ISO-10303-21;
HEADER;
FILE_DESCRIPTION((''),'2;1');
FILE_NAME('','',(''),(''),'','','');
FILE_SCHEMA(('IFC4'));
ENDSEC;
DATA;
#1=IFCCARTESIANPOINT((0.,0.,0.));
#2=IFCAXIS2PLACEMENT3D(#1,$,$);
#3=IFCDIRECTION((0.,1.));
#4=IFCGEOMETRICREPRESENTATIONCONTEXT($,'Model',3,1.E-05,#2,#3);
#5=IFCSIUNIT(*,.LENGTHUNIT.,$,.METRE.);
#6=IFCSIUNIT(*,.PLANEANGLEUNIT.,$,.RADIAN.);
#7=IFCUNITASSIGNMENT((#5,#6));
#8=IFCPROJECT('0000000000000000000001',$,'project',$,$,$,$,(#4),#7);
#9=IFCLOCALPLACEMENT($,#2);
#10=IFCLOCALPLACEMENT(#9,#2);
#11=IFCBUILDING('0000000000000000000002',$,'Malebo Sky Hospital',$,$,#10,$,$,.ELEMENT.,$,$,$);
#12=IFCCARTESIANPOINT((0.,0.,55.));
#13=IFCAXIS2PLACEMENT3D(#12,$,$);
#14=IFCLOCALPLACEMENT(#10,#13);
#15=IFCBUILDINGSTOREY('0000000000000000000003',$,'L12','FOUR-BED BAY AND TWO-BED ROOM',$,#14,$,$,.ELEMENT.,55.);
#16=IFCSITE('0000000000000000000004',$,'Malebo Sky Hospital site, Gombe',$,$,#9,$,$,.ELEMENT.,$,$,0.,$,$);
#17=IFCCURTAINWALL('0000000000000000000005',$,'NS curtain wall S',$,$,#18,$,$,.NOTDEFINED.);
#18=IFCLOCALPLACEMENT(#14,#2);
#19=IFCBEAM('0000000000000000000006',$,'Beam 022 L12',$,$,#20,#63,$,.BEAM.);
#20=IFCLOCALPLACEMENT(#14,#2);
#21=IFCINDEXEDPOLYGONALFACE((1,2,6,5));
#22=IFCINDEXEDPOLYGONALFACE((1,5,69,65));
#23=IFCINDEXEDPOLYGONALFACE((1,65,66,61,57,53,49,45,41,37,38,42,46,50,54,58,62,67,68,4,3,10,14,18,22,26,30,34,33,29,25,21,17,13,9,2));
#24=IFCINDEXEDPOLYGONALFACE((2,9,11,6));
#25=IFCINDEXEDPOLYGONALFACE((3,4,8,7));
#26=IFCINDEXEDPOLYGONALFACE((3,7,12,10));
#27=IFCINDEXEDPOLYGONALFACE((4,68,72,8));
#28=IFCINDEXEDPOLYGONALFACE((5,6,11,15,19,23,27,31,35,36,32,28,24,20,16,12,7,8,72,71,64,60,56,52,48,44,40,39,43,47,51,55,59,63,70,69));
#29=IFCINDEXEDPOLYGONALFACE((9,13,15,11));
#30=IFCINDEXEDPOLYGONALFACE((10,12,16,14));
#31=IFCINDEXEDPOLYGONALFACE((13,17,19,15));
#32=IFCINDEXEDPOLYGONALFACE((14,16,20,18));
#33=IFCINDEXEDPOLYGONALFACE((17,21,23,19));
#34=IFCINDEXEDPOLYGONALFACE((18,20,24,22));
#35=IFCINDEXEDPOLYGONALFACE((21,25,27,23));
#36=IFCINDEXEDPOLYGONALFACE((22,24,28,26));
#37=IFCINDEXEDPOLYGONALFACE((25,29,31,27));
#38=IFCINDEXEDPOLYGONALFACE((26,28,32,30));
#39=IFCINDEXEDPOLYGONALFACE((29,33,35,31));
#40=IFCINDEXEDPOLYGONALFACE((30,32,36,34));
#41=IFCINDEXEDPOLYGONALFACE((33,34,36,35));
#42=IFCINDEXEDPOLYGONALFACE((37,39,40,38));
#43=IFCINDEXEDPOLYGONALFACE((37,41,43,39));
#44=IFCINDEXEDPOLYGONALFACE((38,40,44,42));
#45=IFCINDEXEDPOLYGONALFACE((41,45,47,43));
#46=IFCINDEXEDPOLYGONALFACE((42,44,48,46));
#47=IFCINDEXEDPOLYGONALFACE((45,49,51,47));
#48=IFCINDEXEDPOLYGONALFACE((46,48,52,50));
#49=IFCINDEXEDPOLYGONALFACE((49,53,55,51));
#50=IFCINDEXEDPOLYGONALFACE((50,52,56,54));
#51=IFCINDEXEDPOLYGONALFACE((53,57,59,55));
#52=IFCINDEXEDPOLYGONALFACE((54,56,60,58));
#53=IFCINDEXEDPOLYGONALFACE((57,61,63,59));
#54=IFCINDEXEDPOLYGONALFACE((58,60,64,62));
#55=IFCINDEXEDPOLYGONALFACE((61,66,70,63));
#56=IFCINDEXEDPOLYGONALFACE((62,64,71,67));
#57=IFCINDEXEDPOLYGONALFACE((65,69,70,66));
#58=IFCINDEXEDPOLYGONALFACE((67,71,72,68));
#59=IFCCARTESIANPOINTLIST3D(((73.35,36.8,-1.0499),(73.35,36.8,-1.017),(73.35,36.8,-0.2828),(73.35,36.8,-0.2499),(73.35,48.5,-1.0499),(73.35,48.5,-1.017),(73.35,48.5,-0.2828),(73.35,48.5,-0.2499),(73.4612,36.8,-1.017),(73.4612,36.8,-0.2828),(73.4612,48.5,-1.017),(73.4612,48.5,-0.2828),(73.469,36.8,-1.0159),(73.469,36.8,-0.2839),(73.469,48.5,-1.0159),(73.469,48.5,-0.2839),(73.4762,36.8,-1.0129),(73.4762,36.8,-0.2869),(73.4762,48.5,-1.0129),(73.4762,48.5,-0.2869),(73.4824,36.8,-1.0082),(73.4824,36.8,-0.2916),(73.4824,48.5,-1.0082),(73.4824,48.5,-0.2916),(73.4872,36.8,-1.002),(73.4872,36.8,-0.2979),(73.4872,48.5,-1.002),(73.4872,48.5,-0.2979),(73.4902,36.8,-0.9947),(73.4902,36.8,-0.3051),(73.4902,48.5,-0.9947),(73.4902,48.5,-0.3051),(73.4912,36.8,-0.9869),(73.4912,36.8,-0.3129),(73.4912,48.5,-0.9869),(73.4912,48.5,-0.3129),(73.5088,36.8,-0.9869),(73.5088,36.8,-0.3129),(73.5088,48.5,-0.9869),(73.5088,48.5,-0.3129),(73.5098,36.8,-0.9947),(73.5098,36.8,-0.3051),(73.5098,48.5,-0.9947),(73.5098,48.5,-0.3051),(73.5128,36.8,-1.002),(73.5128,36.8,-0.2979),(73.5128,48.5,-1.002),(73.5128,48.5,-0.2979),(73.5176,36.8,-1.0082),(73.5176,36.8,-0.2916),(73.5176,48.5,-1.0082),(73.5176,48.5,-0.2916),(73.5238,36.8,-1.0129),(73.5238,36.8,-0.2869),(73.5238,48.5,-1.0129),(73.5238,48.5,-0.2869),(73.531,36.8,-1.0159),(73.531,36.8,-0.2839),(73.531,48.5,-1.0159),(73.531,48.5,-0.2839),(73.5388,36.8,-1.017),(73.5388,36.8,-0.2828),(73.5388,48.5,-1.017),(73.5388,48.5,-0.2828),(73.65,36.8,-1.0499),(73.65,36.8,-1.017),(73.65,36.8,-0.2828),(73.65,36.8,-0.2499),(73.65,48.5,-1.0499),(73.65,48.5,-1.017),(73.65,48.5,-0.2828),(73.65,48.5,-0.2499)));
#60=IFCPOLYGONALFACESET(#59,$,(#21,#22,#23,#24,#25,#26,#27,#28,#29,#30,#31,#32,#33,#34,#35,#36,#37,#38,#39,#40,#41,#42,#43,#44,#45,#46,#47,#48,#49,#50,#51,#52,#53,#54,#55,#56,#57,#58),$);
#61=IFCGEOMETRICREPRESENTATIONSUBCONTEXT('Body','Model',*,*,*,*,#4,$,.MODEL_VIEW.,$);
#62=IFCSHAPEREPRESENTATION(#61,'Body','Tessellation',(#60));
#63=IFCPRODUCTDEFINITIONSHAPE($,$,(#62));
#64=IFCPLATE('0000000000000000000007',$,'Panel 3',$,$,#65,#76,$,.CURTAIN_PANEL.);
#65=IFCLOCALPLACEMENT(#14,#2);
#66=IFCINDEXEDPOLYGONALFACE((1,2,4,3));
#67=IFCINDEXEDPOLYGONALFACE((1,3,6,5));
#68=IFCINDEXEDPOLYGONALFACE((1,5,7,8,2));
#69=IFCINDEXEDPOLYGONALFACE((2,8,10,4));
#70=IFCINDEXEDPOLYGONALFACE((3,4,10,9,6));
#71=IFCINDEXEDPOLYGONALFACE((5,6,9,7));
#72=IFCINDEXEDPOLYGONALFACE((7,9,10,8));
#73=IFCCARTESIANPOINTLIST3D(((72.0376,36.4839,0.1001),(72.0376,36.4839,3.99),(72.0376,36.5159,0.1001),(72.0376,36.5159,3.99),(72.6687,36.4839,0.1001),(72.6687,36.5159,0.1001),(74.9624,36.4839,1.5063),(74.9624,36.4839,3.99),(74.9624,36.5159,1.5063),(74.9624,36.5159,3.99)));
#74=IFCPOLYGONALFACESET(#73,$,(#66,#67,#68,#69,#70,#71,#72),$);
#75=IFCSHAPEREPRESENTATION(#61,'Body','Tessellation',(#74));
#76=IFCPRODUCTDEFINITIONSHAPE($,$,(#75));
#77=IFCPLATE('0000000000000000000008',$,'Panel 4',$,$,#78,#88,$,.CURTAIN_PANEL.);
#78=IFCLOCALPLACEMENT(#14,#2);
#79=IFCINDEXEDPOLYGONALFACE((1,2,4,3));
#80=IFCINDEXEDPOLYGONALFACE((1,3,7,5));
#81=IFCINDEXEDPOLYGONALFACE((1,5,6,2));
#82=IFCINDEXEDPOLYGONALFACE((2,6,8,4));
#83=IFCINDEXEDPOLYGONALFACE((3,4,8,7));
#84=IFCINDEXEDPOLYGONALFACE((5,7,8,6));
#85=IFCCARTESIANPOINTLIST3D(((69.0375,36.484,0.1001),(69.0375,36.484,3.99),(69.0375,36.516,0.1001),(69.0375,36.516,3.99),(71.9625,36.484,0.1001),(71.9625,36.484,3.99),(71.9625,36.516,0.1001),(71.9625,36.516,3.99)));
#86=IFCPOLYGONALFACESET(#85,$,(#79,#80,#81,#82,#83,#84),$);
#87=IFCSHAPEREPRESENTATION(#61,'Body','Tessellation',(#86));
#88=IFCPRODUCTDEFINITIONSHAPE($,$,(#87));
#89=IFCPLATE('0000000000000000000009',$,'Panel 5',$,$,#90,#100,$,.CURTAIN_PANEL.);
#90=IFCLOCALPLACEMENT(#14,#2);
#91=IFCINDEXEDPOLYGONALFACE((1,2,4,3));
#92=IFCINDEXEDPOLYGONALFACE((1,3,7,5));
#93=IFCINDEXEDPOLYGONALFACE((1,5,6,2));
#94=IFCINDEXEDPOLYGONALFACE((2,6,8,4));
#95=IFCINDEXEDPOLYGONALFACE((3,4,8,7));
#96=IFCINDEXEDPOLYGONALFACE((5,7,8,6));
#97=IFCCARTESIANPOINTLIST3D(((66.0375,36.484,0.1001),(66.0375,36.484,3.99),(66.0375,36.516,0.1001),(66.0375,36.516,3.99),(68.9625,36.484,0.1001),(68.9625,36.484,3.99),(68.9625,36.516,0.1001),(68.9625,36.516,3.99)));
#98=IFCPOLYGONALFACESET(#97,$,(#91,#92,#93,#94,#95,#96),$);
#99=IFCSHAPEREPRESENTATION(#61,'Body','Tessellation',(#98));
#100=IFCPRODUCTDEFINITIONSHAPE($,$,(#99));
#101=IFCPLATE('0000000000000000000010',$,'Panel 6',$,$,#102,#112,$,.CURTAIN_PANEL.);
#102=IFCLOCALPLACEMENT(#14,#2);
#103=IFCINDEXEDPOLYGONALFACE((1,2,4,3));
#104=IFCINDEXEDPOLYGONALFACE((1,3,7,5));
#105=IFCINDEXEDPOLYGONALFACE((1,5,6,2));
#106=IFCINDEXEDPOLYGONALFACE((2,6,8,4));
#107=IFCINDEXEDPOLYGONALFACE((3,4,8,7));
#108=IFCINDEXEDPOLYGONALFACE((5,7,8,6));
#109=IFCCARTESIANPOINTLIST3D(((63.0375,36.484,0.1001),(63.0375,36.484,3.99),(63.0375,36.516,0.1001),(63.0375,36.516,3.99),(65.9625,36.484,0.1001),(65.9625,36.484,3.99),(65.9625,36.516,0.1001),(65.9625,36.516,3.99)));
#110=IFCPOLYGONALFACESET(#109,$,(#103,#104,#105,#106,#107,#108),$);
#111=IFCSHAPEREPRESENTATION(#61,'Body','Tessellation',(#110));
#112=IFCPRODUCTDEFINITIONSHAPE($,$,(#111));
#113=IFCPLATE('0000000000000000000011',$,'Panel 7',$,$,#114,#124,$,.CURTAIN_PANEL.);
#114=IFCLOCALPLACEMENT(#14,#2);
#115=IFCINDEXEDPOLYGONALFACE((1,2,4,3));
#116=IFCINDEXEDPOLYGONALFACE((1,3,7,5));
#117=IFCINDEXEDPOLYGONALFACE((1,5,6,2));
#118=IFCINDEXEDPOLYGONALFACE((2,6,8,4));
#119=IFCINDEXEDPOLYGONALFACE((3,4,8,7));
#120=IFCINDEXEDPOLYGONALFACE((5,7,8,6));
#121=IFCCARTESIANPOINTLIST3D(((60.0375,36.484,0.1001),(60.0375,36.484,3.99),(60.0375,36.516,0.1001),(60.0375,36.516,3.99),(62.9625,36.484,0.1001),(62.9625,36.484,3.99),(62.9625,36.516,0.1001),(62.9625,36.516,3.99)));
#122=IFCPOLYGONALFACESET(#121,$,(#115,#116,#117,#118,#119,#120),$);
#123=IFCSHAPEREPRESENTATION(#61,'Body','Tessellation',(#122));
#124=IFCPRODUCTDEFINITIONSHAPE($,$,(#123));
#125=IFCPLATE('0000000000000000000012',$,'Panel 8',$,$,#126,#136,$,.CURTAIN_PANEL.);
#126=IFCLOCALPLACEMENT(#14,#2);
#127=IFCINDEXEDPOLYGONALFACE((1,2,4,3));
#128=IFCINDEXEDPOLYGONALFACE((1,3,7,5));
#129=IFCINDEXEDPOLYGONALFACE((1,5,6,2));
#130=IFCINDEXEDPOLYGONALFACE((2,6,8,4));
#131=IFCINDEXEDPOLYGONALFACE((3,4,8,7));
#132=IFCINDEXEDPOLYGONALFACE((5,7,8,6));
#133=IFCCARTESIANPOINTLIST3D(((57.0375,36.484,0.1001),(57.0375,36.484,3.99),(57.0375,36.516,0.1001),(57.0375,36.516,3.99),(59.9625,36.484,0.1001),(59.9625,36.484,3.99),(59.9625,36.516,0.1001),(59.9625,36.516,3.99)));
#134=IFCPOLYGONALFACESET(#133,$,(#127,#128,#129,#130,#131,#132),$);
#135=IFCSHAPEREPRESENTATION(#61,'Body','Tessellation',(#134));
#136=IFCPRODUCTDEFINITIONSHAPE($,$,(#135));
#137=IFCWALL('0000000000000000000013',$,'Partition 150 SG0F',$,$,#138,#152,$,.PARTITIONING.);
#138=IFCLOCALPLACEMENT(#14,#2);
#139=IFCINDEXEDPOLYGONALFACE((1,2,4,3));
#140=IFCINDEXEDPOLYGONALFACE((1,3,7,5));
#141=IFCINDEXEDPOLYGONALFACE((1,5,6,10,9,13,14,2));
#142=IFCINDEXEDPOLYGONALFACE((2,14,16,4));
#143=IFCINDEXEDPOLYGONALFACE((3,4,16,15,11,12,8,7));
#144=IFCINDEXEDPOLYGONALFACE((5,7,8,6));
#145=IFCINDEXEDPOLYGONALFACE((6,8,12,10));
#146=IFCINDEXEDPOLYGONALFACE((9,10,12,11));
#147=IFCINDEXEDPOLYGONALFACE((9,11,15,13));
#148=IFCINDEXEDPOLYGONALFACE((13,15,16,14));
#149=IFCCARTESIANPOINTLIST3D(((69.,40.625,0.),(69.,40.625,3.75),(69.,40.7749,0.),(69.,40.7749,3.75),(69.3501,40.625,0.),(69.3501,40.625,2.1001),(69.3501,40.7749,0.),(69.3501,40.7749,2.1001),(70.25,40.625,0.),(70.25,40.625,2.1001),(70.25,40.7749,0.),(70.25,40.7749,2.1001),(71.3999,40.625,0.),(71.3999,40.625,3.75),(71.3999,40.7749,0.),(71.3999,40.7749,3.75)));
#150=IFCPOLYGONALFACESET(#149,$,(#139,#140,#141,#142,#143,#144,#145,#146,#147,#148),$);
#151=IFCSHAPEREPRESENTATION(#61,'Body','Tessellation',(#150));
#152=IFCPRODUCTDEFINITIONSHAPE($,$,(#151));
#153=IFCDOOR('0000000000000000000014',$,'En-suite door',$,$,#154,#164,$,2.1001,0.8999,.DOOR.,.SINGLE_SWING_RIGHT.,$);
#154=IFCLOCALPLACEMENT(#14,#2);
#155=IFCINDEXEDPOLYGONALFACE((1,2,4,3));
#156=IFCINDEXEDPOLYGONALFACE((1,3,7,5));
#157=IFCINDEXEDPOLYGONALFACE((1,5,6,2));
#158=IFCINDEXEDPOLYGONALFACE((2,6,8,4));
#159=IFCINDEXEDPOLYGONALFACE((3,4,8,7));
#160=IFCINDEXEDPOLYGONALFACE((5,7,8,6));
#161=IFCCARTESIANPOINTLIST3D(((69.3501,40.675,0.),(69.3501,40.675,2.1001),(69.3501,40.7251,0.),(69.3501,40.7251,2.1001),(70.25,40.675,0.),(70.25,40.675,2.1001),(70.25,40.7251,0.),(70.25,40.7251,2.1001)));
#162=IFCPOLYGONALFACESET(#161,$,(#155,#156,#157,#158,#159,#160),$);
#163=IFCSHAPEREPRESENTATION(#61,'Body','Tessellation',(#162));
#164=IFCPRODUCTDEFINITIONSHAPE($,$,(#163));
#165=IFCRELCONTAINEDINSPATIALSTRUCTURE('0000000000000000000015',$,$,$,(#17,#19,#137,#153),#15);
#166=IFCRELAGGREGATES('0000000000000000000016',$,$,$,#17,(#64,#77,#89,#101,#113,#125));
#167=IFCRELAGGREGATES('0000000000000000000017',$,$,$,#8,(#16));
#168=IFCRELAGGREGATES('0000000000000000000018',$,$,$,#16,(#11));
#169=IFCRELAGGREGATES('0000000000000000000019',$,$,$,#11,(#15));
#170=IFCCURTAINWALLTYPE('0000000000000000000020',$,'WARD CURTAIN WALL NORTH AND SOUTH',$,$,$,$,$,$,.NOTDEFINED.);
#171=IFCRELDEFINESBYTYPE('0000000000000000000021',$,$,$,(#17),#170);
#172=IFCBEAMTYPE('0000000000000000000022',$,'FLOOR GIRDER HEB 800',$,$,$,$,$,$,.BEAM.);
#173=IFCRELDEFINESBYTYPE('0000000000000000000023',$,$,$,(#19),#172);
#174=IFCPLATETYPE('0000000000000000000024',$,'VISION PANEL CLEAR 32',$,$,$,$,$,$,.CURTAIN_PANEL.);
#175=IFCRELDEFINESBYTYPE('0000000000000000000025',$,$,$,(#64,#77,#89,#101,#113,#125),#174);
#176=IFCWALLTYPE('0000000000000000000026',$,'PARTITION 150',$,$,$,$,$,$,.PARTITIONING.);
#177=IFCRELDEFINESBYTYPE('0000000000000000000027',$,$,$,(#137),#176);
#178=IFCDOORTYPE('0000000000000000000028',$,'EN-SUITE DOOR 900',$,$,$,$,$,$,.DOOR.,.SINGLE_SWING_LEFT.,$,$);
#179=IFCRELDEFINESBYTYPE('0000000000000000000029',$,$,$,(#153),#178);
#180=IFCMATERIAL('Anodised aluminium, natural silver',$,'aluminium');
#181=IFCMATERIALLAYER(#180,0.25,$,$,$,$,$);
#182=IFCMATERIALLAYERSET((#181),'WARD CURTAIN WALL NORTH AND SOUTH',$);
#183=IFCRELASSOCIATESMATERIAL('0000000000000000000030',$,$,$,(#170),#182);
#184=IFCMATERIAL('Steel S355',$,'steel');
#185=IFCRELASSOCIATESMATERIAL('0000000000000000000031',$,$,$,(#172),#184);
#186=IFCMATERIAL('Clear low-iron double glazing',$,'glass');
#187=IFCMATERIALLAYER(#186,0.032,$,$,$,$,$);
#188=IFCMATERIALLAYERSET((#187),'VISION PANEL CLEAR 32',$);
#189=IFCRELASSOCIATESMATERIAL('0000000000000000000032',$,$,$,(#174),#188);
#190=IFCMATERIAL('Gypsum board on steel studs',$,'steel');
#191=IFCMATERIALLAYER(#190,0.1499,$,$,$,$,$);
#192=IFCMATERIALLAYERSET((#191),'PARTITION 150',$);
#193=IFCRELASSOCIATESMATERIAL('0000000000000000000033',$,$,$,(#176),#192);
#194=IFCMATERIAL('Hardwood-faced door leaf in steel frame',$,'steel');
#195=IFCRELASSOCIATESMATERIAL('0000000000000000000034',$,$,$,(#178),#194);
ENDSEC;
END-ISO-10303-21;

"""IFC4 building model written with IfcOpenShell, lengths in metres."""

from ifc_helpers import new_model, si_unit, direction, frame, frame_2d, origin, origin_2d, place, context, subcontext, project, spatial, polyline, rectangle, i_section, outline, extrude, material, layer, layer_set, material_profile, profile_set, type_object, element, fill, aggregate, save


model = new_model("IFC4")

# Units and contexts
model_context = context("Model", 3, precision=1e-05, world=origin(), true_north=direction((0.0, 1.0)))
body_context = subcontext(model_context, "Body", "Model", "MODEL_VIEW")
ifc_project = project(units=[si_unit("LENGTHUNIT", "METRE"), si_unit("PLANEANGLEUNIT", "RADIAN")], contexts=[model_context])

# Site, building, storey
site_placement = place(None, origin())
site = spatial("IfcSite", under=ifc_project, at=site_placement, Name="Malebo Sky Hospital site, Gombe", CompositionType="ELEMENT", RefElevation=0.0)
building_placement = place(site_placement, origin())
building = spatial("IfcBuilding", under=site, at=building_placement, Name="Malebo Sky Hospital", CompositionType="ELEMENT")
storey_placement = place(building_placement, frame((0.0, 0.0, 55.0)))
storey = spatial("IfcBuildingStorey", under=building, at=storey_placement, Name="L12", Description="FOUR-BED BAY AND TWO-BED ROOM", CompositionType="ELEMENT", Elevation=55.0)

# Curtain wall
ifc_material_1 = material(Name="Anodised aluminium, natural silver", Category="aluminium")
ifc_layer_1 = layer(ifc_material_1, 0.25)
ifc_layer_set_1 = layer_set([ifc_layer_1], Name="WARD CURTAIN WALL NORTH AND SOUTH")
curtain_wall_type = type_object("IfcCurtainWallType", Name="WARD CURTAIN WALL NORTH AND SOUTH", PredefinedType="NOTDEFINED", material=ifc_layer_set_1)
curtain_wall_placement = place(storey_placement, origin())
curtain_wall = element("IfcCurtainWall", 1, at=curtain_wall_placement, inside=storey, type_object=curtain_wall_type, Name="NS curtain wall S", PredefinedType="NOTDEFINED")

# Shared definitions
ifc_material_2 = material(Name="Steel S355", Category="steel")

# Beam
ifc_material_profile_1 = material_profile(ifc_material_2, i_section(OverallWidth=0.3, OverallDepth=0.8, WebThickness=0.0176, FlangeThickness=0.033, FilletRadius=0.03, at=origin_2d()), Name="HEB 800")
ifc_profile_set_1 = profile_set([ifc_material_profile_1], Name="Steel S355")
beam_type_1 = type_object("IfcBeamType", Name="FLOOR GIRDER HEB 800", PredefinedType="BEAM", material=ifc_profile_set_1)
beam_1_placement = place(storey_placement, frame((73.5, 36.8, -0.6499), z_axis=(0.0, 1.0, 0.0), x_axis=(-1.0, 0.0, 0.0)))
element("IfcBeam", 2, at=beam_1_placement, inside=storey, type_object=beam_type_1, Name="Beam 022 L12", PredefinedType="BEAM", context=body_context, shape_type="SweptSolid", body=[
    extrude(i_section(OverallWidth=0.3, OverallDepth=0.8, WebThickness=0.0176, FlangeThickness=0.033, FilletRadius=0.03, at=origin_2d()), origin(), (0.0, 0.0, 1.0), 11.7),
])

# Plates
ifc_material_3 = material(Name="Clear low-iron double glazing", Category="glass")
ifc_layer_2 = layer(ifc_material_3, 0.032)
ifc_layer_set_2 = layer_set([ifc_layer_2], Name="VISION PANEL CLEAR 32")
plate_type = type_object("IfcPlateType", Name="VISION PANEL CLEAR 32", PredefinedType="CURTAIN_PANEL", material=ifc_layer_set_2)
plate_1_placement = place(storey_placement, frame((73.5, 36.5, 0.1001), z_axis=(0.0, 0.0, 1.0), x_axis=(-1.0, 0.0, 0.0)))
plate_1 = element("IfcPlate", 3, at=plate_1_placement, type_object=plate_type, Name="Panel 3", PredefinedType="CURTAIN_PANEL", context=body_context, shape_type="SweptSolid", body=[
    extrude(outline(polyline([(0.8313, 0.0), (1.4624, 0.0), (1.4624, 3.8899), (-1.4624, 3.8899), (-1.4624, 1.4062), (0.8313, 0.0)])), frame((0.0, 0.0161, 0.0), z_axis=(0.0, -1.0, 0.0), x_axis=(1.0, 0.0, 0.0)), (0.0, 0.0, 1.0), 0.032),
])
plate_2_placement = place(storey_placement, frame((70.5, 36.5, 0.1001), z_axis=(0.0, 0.0, 1.0), x_axis=(-1.0, 0.0, 0.0)))
plate_2 = element("IfcPlate", 4, at=plate_2_placement, type_object=plate_type, Name="Panel 4", PredefinedType="CURTAIN_PANEL", context=body_context, shape_type="SweptSolid", body=[
    extrude(rectangle(XDim=2.925, YDim=0.032, at=origin_2d()), origin(), (0.0, 0.0, 1.0), 3.8899),
])
plate_3_placement = place(storey_placement, frame((67.5, 36.5, 0.1001), z_axis=(0.0, 0.0, 1.0), x_axis=(-1.0, 0.0, 0.0)))
plate_3 = element("IfcPlate", 5, at=plate_3_placement, type_object=plate_type, Name="Panel 5", PredefinedType="CURTAIN_PANEL", context=body_context, shape_type="SweptSolid", body=[
    extrude(rectangle(XDim=2.925, YDim=0.032, at=origin_2d()), origin(), (0.0, 0.0, 1.0), 3.8899),
])
plate_4_placement = place(storey_placement, frame((64.5, 36.5, 0.1001), z_axis=(0.0, 0.0, 1.0), x_axis=(-1.0, 0.0, 0.0)))
plate_4 = element("IfcPlate", 6, at=plate_4_placement, type_object=plate_type, Name="Panel 6", PredefinedType="CURTAIN_PANEL", context=body_context, shape_type="SweptSolid", body=[
    extrude(rectangle(XDim=2.925, YDim=0.032, at=origin_2d()), origin(), (0.0, 0.0, 1.0), 3.8899),
])
plate_5_placement = place(storey_placement, frame((61.5, 36.5, 0.1001), z_axis=(0.0, 0.0, 1.0), x_axis=(-1.0, 0.0, 0.0)))
plate_5 = element("IfcPlate", 7, at=plate_5_placement, type_object=plate_type, Name="Panel 7", PredefinedType="CURTAIN_PANEL", context=body_context, shape_type="SweptSolid", body=[
    extrude(rectangle(XDim=2.925, YDim=0.032, at=origin_2d()), origin(), (0.0, 0.0, 1.0), 3.8899),
])
plate_6_placement = place(storey_placement, frame((58.5, 36.5, 0.1001), z_axis=(0.0, 0.0, 1.0), x_axis=(-1.0, 0.0, 0.0)))
plate_6 = element("IfcPlate", 8, at=plate_6_placement, type_object=plate_type, Name="Panel 8", PredefinedType="CURTAIN_PANEL", context=body_context, shape_type="SweptSolid", body=[
    extrude(rectangle(XDim=2.925, YDim=0.032, at=origin_2d()), origin(), (0.0, 0.0, 1.0), 3.8899),
])
aggregate(curtain_wall, [plate_1, plate_2, plate_3, plate_4, plate_5, plate_6])

# Wall, opening, door
ifc_material_4 = material(Name="Gypsum board on steel studs", Category="steel")
ifc_layer_3 = layer(ifc_material_4, 0.1499)
ifc_layer_set_3 = layer_set([ifc_layer_3], Name="PARTITION 150")
wall_type = type_object("IfcWallType", Name="PARTITION 150", PredefinedType="PARTITIONING", material=ifc_layer_set_3)
wall_1_placement = place(storey_placement, frame((71.3999, 40.7, 0.0), z_axis=(0.0, 0.0, 1.0), x_axis=(-1.0, 0.0, 0.0)))
wall_1 = element("IfcWall", 9, at=wall_1_placement, inside=storey, type_object=wall_type, Name="Partition 150 SG0F", PredefinedType="PARTITIONING", context=body_context, shape_type="SweptSolid", body=[
    extrude(rectangle(XDim=2.3999, YDim=0.1499, at=frame_2d((1.2, 0.0))), origin(), (0.0, 0.0, 1.0), 3.75),
])
opening_1_placement = place(wall_1_placement, frame((1.1499, 0.0, 0.0)))
opening_1 = element("IfcOpeningElement", 10, at=opening_1_placement, cuts=wall_1, PredefinedType="OPENING", context=body_context, shape_type="SweptSolid", body=[
    extrude(rectangle(XDim=0.8999, YDim=2.1001, at=frame_2d((0.45, 1.05))), frame((0.0, 0.085, 0.0), z_axis=(0.0, -1.0, 0.0), x_axis=(1.0, 0.0, 0.0)), (0.0, 0.0, 1.0), 0.1699),
])
ifc_material_5 = material(Name="Hardwood-faced door leaf in steel frame", Category="steel")
door_type = type_object("IfcDoorType", Name="EN-SUITE DOOR 900", OperationType="SINGLE_SWING_LEFT", PredefinedType="DOOR", material=ifc_material_5)
door_1_placement = place(opening_1_placement, origin())
door_1 = element("IfcDoor", 11, at=door_1_placement, inside=storey, type_object=door_type, Name="En-suite door", OperationType="SINGLE_SWING_RIGHT", OverallHeight=2.1001, OverallWidth=0.8999, PredefinedType="DOOR", context=body_context, shape_type="SweptSolid", body=[
    extrude(rectangle(XDim=0.8999, YDim=2.1001, at=frame_2d((0.45, 1.05))), frame((0.0, 0.0249, 0.0), z_axis=(0.0, -1.0, 0.0), x_axis=(1.0, 0.0, 0.0)), (0.0, 0.0, 1.0), 0.05),
])
fill(opening_1, door_1)

save(model, "model.ifc")
